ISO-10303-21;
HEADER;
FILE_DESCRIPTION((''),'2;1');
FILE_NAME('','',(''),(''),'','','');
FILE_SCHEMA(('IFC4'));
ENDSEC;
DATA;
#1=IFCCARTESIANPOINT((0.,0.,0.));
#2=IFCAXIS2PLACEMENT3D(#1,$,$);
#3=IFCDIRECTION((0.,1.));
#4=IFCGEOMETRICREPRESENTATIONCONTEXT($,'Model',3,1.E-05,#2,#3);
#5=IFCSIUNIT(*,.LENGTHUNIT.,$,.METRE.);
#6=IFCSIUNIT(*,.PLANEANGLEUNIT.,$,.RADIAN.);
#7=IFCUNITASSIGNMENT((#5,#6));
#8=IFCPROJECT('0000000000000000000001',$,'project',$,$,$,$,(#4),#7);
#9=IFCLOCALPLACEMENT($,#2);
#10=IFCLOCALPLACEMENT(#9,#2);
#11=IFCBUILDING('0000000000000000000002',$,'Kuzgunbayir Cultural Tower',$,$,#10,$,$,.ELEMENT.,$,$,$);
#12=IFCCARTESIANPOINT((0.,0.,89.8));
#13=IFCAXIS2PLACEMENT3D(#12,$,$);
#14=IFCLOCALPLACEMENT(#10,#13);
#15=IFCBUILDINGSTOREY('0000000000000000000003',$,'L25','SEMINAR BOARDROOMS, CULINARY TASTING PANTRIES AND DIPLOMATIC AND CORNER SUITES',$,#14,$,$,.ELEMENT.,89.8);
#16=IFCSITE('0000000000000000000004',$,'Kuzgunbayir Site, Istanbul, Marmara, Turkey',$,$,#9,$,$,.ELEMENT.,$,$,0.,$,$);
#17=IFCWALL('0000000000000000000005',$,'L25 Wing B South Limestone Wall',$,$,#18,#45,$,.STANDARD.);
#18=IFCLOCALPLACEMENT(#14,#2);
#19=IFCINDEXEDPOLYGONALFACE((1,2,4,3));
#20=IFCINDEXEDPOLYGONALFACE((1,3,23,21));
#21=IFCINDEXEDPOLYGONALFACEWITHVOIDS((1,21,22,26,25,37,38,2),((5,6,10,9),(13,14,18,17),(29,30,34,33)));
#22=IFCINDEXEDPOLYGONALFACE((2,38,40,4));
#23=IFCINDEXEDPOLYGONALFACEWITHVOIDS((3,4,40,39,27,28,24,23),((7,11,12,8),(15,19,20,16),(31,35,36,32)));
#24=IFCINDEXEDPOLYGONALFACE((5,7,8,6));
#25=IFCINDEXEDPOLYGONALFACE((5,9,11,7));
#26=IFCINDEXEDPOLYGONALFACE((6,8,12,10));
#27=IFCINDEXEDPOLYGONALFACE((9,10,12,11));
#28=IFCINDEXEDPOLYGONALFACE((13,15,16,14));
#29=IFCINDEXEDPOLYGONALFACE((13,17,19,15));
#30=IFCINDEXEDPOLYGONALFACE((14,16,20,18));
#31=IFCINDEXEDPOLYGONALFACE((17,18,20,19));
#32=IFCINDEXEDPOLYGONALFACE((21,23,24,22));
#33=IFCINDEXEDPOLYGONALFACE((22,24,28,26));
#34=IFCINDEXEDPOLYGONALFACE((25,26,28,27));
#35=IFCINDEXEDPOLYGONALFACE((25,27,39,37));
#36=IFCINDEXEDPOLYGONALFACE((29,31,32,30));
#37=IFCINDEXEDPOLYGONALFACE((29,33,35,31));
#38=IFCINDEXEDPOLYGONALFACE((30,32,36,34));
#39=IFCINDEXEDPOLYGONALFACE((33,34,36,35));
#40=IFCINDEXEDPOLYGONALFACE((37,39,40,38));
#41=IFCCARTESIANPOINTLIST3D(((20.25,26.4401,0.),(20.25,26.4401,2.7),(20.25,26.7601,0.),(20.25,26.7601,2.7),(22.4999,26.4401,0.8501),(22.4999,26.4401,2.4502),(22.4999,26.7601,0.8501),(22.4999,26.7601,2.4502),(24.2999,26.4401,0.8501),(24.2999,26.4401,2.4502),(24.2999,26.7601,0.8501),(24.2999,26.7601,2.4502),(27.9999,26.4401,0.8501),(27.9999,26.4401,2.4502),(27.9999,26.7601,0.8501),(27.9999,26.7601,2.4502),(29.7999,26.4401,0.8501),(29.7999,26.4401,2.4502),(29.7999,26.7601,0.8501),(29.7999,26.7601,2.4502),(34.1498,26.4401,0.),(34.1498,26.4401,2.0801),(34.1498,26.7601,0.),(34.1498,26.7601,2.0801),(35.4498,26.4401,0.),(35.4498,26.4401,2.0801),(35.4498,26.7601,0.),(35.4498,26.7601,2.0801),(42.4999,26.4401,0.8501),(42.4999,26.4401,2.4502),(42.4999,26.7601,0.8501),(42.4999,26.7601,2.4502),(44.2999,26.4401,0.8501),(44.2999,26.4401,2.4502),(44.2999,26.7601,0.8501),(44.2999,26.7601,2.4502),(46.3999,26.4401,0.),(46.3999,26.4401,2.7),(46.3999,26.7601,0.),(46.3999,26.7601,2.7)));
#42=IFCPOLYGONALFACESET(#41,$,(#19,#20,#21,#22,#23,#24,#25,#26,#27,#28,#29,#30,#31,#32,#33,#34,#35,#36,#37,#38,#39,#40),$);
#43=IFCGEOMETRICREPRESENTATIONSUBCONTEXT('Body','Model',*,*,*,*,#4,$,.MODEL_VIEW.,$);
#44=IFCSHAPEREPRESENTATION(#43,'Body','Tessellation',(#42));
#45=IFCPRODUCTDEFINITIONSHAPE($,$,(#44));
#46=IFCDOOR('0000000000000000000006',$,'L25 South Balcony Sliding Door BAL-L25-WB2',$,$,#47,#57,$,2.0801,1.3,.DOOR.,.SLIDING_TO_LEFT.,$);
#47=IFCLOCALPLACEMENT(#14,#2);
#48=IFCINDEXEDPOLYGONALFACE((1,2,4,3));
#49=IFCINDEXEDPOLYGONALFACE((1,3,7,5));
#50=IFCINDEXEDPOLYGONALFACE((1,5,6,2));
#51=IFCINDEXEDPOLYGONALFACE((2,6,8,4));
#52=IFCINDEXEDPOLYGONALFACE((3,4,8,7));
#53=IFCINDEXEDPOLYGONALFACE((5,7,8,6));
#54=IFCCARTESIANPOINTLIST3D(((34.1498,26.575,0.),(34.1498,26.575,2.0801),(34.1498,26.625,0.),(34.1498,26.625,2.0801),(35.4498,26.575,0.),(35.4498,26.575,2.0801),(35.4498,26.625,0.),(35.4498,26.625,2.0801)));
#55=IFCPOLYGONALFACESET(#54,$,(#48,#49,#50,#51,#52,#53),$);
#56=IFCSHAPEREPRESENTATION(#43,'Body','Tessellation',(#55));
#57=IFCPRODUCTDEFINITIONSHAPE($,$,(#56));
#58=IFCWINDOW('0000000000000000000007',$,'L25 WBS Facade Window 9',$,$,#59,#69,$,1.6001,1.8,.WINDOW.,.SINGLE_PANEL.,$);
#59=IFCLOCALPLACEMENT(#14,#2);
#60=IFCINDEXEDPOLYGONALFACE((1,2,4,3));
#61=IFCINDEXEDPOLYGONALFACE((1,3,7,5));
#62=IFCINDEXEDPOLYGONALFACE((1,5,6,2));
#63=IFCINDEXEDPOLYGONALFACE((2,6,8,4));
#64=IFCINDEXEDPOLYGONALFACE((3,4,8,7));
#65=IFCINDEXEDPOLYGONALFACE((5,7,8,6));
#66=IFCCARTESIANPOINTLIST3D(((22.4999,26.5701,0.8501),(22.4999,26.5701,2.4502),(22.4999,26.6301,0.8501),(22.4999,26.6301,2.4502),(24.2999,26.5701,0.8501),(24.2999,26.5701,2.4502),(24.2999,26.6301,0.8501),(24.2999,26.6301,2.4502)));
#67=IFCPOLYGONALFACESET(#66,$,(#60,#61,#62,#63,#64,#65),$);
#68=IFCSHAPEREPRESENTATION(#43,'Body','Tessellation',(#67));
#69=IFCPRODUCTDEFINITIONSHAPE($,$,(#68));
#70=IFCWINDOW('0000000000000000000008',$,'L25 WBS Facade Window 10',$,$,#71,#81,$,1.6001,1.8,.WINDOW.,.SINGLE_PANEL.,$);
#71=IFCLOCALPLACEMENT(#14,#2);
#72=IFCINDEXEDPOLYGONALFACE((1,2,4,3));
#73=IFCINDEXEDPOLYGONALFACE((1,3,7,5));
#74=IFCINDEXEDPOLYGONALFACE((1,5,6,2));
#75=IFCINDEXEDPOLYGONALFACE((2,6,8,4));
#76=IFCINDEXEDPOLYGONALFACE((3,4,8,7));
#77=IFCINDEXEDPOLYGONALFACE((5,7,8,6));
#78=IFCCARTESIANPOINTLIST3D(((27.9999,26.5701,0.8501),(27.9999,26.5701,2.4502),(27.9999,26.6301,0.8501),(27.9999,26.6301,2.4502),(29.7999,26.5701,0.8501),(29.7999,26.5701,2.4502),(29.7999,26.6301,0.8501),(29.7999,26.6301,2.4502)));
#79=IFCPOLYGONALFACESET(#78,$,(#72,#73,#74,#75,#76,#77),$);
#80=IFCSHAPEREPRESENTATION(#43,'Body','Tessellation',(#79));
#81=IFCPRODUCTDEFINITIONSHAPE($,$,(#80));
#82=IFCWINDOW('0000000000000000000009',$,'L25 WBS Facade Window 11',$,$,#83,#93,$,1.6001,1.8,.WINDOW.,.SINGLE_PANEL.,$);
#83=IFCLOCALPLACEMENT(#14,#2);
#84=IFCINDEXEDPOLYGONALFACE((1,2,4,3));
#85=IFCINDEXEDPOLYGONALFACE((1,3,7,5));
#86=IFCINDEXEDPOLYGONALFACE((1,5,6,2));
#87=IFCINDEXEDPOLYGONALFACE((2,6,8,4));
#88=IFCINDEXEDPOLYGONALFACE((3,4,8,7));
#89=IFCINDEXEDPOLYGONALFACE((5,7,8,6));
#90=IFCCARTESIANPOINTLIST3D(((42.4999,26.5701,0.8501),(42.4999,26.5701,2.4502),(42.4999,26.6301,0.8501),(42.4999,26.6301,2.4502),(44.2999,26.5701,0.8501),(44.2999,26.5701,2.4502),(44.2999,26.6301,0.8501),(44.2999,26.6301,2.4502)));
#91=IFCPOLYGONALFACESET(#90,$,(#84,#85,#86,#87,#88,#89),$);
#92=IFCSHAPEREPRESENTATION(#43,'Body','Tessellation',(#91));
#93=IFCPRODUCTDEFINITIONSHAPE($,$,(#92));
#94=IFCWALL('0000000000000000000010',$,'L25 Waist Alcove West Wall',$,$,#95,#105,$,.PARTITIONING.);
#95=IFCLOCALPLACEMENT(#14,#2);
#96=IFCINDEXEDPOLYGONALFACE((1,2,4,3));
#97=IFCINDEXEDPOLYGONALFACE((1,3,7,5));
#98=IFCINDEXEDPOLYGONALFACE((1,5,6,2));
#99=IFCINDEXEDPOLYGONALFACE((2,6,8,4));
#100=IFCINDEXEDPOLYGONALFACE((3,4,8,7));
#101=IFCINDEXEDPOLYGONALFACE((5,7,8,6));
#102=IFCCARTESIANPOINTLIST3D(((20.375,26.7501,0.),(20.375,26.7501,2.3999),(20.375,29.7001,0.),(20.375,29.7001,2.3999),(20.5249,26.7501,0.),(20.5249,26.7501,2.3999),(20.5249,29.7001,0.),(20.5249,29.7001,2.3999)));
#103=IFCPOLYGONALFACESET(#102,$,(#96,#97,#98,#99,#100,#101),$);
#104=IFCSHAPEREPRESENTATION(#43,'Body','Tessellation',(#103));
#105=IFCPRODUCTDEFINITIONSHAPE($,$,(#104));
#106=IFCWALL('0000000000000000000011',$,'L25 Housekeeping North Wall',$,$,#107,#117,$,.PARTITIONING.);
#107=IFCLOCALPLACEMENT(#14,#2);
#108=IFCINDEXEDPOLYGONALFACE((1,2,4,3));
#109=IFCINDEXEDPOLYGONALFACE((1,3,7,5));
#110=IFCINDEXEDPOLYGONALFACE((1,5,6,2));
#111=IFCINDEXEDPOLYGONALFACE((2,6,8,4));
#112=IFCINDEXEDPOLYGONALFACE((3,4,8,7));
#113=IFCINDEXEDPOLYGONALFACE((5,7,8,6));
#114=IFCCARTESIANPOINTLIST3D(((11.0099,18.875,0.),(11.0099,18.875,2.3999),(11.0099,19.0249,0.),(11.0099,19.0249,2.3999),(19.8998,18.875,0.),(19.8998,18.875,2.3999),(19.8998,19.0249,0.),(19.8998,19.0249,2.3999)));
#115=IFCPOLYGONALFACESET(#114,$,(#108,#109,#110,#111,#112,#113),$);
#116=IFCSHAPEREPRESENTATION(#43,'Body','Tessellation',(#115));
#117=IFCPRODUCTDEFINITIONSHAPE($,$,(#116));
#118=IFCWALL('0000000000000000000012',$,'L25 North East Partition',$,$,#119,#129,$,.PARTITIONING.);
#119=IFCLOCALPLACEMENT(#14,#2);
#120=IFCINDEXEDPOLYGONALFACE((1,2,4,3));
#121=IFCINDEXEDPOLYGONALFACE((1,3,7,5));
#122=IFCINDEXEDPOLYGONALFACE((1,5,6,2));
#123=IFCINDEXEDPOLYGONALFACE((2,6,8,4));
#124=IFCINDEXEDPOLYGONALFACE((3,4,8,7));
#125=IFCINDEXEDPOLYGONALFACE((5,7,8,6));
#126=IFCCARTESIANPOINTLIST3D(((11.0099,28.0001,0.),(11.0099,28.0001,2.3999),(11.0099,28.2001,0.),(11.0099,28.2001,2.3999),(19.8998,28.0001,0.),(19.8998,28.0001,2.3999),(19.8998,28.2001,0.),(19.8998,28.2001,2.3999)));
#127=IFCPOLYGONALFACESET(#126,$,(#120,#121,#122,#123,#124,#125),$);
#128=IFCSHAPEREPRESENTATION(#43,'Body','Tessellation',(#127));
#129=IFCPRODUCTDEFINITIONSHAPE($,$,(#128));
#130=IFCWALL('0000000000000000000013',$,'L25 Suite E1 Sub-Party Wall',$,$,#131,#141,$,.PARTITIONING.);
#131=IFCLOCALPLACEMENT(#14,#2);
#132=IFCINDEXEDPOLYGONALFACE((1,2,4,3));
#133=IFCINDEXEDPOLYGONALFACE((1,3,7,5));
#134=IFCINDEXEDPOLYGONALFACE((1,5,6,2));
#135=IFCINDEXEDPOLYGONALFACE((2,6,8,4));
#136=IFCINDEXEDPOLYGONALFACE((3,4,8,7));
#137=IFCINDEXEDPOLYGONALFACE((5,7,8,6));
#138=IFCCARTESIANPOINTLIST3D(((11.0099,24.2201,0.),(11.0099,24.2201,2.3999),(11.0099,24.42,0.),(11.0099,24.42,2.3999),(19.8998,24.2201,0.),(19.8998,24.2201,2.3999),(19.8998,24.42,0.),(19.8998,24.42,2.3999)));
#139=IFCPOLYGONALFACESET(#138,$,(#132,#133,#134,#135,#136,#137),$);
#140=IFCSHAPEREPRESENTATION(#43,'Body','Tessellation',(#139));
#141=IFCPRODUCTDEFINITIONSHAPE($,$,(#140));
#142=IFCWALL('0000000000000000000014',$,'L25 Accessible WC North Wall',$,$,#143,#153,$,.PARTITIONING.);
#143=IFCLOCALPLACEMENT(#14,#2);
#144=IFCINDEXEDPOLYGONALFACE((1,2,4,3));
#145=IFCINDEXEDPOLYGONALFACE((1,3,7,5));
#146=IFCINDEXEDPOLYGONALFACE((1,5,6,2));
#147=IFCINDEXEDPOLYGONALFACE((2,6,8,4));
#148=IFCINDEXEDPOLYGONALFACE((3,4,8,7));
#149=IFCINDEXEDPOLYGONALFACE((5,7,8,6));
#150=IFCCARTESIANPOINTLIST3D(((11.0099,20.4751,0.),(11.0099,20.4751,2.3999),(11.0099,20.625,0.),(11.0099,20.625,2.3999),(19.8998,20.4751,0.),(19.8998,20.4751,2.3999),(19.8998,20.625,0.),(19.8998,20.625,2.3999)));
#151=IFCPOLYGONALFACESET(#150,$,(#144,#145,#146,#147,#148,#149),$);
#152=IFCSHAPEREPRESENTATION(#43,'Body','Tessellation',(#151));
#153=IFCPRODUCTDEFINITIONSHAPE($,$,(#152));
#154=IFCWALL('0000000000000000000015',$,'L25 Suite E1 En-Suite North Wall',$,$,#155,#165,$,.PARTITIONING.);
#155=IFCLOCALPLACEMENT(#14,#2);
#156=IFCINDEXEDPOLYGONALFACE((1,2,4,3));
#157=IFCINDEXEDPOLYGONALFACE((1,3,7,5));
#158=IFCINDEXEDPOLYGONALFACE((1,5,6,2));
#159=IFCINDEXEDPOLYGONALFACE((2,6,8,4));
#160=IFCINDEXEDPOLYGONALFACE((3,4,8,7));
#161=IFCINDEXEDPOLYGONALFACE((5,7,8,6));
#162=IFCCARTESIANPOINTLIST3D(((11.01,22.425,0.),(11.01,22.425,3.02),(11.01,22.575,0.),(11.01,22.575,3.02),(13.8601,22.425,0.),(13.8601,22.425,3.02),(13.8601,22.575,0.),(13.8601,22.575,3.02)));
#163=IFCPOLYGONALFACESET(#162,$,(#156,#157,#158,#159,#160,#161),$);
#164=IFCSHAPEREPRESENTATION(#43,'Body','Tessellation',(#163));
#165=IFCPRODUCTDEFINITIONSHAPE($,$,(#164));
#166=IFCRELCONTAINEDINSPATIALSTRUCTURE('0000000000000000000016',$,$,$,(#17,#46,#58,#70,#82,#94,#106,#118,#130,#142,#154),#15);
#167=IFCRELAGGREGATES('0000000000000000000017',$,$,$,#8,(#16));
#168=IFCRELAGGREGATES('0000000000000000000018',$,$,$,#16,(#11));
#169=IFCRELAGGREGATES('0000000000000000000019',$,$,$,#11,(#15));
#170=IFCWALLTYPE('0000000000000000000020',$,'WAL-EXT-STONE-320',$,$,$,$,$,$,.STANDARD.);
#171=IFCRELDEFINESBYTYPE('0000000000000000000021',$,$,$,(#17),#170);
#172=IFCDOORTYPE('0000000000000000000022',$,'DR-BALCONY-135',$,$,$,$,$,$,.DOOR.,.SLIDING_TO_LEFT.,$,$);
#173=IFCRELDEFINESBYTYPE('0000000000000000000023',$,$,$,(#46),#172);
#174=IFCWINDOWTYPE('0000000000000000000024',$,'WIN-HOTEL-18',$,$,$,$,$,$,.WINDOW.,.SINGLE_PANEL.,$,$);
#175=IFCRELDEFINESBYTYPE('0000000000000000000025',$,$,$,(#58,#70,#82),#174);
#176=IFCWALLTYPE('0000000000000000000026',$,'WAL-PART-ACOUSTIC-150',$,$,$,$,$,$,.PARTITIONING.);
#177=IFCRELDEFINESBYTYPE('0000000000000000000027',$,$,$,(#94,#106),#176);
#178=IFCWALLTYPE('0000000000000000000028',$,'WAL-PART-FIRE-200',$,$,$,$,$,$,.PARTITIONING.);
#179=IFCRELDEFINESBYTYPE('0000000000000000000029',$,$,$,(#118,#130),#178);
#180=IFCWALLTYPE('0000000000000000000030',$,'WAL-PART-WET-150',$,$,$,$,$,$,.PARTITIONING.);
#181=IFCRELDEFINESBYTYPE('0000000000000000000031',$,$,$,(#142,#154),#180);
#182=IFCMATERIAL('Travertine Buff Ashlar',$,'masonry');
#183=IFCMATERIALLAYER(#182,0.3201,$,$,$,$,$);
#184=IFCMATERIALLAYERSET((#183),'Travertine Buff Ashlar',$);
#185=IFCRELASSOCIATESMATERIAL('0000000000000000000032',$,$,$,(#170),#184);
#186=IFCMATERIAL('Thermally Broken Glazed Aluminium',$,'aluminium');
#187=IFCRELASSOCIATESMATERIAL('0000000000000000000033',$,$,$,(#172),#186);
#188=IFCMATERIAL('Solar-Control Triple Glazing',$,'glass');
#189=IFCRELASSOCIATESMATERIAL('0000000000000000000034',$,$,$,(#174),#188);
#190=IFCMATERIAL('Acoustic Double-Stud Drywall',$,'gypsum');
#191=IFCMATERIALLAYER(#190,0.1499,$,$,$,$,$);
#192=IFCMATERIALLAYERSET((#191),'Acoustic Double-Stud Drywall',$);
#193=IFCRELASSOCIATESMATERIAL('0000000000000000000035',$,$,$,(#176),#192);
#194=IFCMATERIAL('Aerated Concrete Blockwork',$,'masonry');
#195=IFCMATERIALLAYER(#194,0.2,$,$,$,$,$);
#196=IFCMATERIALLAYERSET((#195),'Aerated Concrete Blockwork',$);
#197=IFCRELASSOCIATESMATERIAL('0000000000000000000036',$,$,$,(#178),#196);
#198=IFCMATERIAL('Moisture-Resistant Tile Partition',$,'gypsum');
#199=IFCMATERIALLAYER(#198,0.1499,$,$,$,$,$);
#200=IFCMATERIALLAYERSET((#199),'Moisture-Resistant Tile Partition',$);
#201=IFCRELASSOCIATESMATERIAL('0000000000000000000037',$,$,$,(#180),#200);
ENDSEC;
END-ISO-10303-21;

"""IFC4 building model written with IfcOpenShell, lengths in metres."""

from ifc_helpers import new_model, si_unit, direction, frame, frame_2d, origin, place, context, subcontext, project, spatial, rectangle, extrude, material, layer, layer_set, type_object, element, fill, save


model = new_model("IFC4")

# Units and contexts
model_context = context("Model", 3, precision=1e-05, world=origin(), true_north=direction((0.0, 1.0)))
body_context = subcontext(model_context, "Body", "Model", "MODEL_VIEW")
ifc_project = project(units=[si_unit("LENGTHUNIT", "METRE"), si_unit("PLANEANGLEUNIT", "RADIAN")], contexts=[model_context])

# Site, building, storey
site_placement = place(None, origin())
site = spatial("IfcSite", under=ifc_project, at=site_placement, Name="Kuzgunbayir Site, Istanbul, Marmara, Turkey", CompositionType="ELEMENT", RefElevation=0.0)
building_placement = place(site_placement, origin())
building = spatial("IfcBuilding", under=site, at=building_placement, Name="Kuzgunbayir Cultural Tower", CompositionType="ELEMENT")
storey_placement = place(building_placement, frame((0.0, 0.0, 89.8)))
storey = spatial("IfcBuildingStorey", under=building, at=storey_placement, Name="L25", Description="SEMINAR BOARDROOMS, CULINARY TASTING PANTRIES AND DIPLOMATIC AND CORNER SUITES", CompositionType="ELEMENT", Elevation=89.8)

# Wall, openings, door, windows
ifc_material_1 = material(Name="Travertine Buff Ashlar", Category="masonry")
ifc_layer_1 = layer(ifc_material_1, 0.3201)
ifc_layer_set_1 = layer_set([ifc_layer_1], Name="Travertine Buff Ashlar")
wall_type_1 = type_object("IfcWallType", Name="WAL-EXT-STONE-320", PredefinedType="STANDARD", material=ifc_layer_set_1)
wall_1_placement = place(storey_placement, frame((20.25, 26.6001, 0.0), z_axis=(0.0, 0.0, 1.0), x_axis=(1.0, 0.0, 0.0)))
wall_1 = element("IfcWall", 1, at=wall_1_placement, inside=storey, type_object=wall_type_1, Name="L25 Wing B South Limestone Wall", PredefinedType="STANDARD", context=body_context, shape_type="SweptSolid", body=[
    extrude(rectangle(XDim=26.1499, YDim=0.3201, at=frame_2d((13.075, 0.0))), origin(), (0.0, 0.0, 1.0), 2.7),
])
opening_1_placement = place(wall_1_placement, frame((13.8999, 0.0, 0.0)))
opening_1 = element("IfcOpeningElement", 2, at=opening_1_placement, cuts=wall_1, PredefinedType="OPENING", context=body_context, shape_type="SweptSolid", body=[
    extrude(rectangle(XDim=1.3, YDim=2.0801, at=frame_2d((0.6499, 1.04))), frame((0.0, 0.1699, 0.0), z_axis=(0.0, -1.0, 0.0), x_axis=(1.0, 0.0, 0.0)), (0.0, 0.0, 1.0), 0.3401),
])
opening_2_placement = place(wall_1_placement, frame((2.25, 0.0, 0.8501)))
opening_2 = element("IfcOpeningElement", 3, at=opening_2_placement, cuts=wall_1, PredefinedType="OPENING", context=body_context, shape_type="SweptSolid", body=[
    extrude(rectangle(XDim=1.8, YDim=1.6001, at=frame_2d((0.8999, 0.8))), frame((0.0, 0.1699, 0.0), z_axis=(0.0, -1.0, 0.0), x_axis=(1.0, 0.0, 0.0)), (0.0, 0.0, 1.0), 0.3401),
])
opening_3_placement = place(wall_1_placement, frame((7.75, 0.0, 0.8501)))
opening_3 = element("IfcOpeningElement", 4, at=opening_3_placement, cuts=wall_1, PredefinedType="OPENING", context=body_context, shape_type="SweptSolid", body=[
    extrude(rectangle(XDim=1.8, YDim=1.6001, at=frame_2d((0.8999, 0.8))), frame((0.0, 0.1699, 0.0), z_axis=(0.0, -1.0, 0.0), x_axis=(1.0, 0.0, 0.0)), (0.0, 0.0, 1.0), 0.3401),
])
opening_4_placement = place(wall_1_placement, frame((22.25, 0.0, 0.8501)))
opening_4 = element("IfcOpeningElement", 5, at=opening_4_placement, cuts=wall_1, PredefinedType="OPENING", context=body_context, shape_type="SweptSolid", body=[
    extrude(rectangle(XDim=1.8, YDim=1.6001, at=frame_2d((0.8999, 0.8))), frame((0.0, 0.1699, 0.0), z_axis=(0.0, -1.0, 0.0), x_axis=(1.0, 0.0, 0.0)), (0.0, 0.0, 1.0), 0.3401),
])
ifc_material_2 = material(Name="Thermally Broken Glazed Aluminium", Category="aluminium")
door_type_1 = type_object("IfcDoorType", Name="DR-BALCONY-135", OperationType="SLIDING_TO_LEFT", PredefinedType="DOOR", material=ifc_material_2)
door_1_placement = place(opening_1_placement, origin())
door_1 = element("IfcDoor", 6, at=door_1_placement, inside=storey, type_object=door_type_1, Name="L25 South Balcony Sliding Door BAL-L25-WB2", OperationType="SLIDING_TO_LEFT", OverallHeight=2.0801, OverallWidth=1.3, PredefinedType="DOOR", context=body_context, shape_type="SweptSolid", body=[
    extrude(rectangle(XDim=1.3, YDim=2.0801, at=frame_2d((0.6499, 1.04))), frame((0.0, 0.0249, 0.0), z_axis=(0.0, -1.0, 0.0), x_axis=(1.0, 0.0, 0.0)), (0.0, 0.0, 1.0), 0.05),
])
fill(opening_1, door_1)
ifc_material_3 = material(Name="Solar-Control Triple Glazing", Category="glass")
window_type = type_object("IfcWindowType", Name="WIN-HOTEL-18", PartitioningType="SINGLE_PANEL", PredefinedType="WINDOW", material=ifc_material_3)
window_1_placement = place(opening_2_placement, origin())
window_1 = element("IfcWindow", 7, at=window_1_placement, inside=storey, type_object=window_type, Name="L25 WBS Facade Window 9", OverallHeight=1.6001, OverallWidth=1.8, PartitioningType="SINGLE_PANEL", PredefinedType="WINDOW", context=body_context, shape_type="SweptSolid", body=[
    extrude(rectangle(XDim=1.8, YDim=1.6001, at=frame_2d((0.8999, 0.8))), frame((0.0, 0.03, 0.0), z_axis=(0.0, -1.0, 0.0), x_axis=(1.0, 0.0, 0.0)), (0.0, 0.0, 1.0), 0.0601),
])
fill(opening_2, window_1)
window_2_placement = place(opening_3_placement, origin())
window_2 = element("IfcWindow", 8, at=window_2_placement, inside=storey, type_object=window_type, Name="L25 WBS Facade Window 10", OverallHeight=1.6001, OverallWidth=1.8, PartitioningType="SINGLE_PANEL", PredefinedType="WINDOW", context=body_context, shape_type="SweptSolid", body=[
    extrude(rectangle(XDim=1.8, YDim=1.6001, at=frame_2d((0.8999, 0.8))), frame((0.0, 0.03, 0.0), z_axis=(0.0, -1.0, 0.0), x_axis=(1.0, 0.0, 0.0)), (0.0, 0.0, 1.0), 0.0601),
])
fill(opening_3, window_2)
window_3_placement = place(opening_4_placement, origin())
window_3 = element("IfcWindow", 9, at=window_3_placement, inside=storey, type_object=window_type, Name="L25 WBS Facade Window 11", OverallHeight=1.6001, OverallWidth=1.8, PartitioningType="SINGLE_PANEL", PredefinedType="WINDOW", context=body_context, shape_type="SweptSolid", body=[
    extrude(rectangle(XDim=1.8, YDim=1.6001, at=frame_2d((0.8999, 0.8))), frame((0.0, 0.03, 0.0), z_axis=(0.0, -1.0, 0.0), x_axis=(1.0, 0.0, 0.0)), (0.0, 0.0, 1.0), 0.0601),
])
fill(opening_4, window_3)

# Walls
ifc_material_4 = material(Name="Acoustic Double-Stud Drywall", Category="gypsum")
ifc_layer_2 = layer(ifc_material_4, 0.1499)
ifc_layer_set_2 = layer_set([ifc_layer_2], Name="Acoustic Double-Stud Drywall")
wall_type_2 = type_object("IfcWallType", Name="WAL-PART-ACOUSTIC-150", PredefinedType="PARTITIONING", material=ifc_layer_set_2)
wall_2_placement = place(storey_placement, frame((20.45, 26.75, 0.0), z_axis=(0.0, 0.0, 1.0), x_axis=(0.0, 1.0, 0.0)))
element("IfcWall", 10, at=wall_2_placement, inside=storey, type_object=wall_type_2, Name="L25 Waist Alcove West Wall", PredefinedType="PARTITIONING", context=body_context, shape_type="SweptSolid", body=[
    extrude(rectangle(XDim=2.95, YDim=0.1499, at=frame_2d((1.4751, 0.0))), origin(), (0.0, 0.0, 1.0), 2.3999),
])
wall_3_placement = place(storey_placement, frame((11.01, 18.95, 0.0), z_axis=(0.0, 0.0, 1.0), x_axis=(1.0, 0.0, 0.0)))
element("IfcWall", 11, at=wall_3_placement, inside=storey, type_object=wall_type_2, Name="L25 Housekeeping North Wall", PredefinedType="PARTITIONING", context=body_context, shape_type="SweptSolid", body=[
    extrude(rectangle(XDim=8.8899, YDim=0.1499, at=frame_2d((4.4448, 0.0))), origin(), (0.0, 0.0, 1.0), 2.3999),
])
ifc_material_5 = material(Name="Aerated Concrete Blockwork", Category="masonry")
ifc_layer_3 = layer(ifc_material_5, 0.2)
ifc_layer_set_3 = layer_set([ifc_layer_3], Name="Aerated Concrete Blockwork")
wall_type_3 = type_object("IfcWallType", Name="WAL-PART-FIRE-200", PredefinedType="PARTITIONING", material=ifc_layer_set_3)
for number, where, z_axis, x_axis, name in (
    (12, (11.01, 28.1001, 0.0), (0.0, 0.0, 1.0), (1.0, 0.0, 0.0), "L25 North East Partition"),
    (13, (11.01, 24.3201, 0.0), (0.0, 0.0, 1.0), (1.0, 0.0, 0.0), "L25 Suite E1 Sub-Party Wall"),
):
    element("IfcWall", number, at=place(storey_placement, frame(where, z_axis=z_axis, x_axis=x_axis)), inside=storey, type_object=wall_type_3, Name=name, PredefinedType="PARTITIONING", context=body_context, shape_type="SweptSolid", body=[
        extrude(rectangle(XDim=8.8899, YDim=0.2, at=frame_2d((4.4448, 0.0))), origin(), (0.0, 0.0, 1.0), 2.3999),
    ])
ifc_material_6 = material(Name="Moisture-Resistant Tile Partition", Category="gypsum")
ifc_layer_4 = layer(ifc_material_6, 0.1499)
ifc_layer_set_4 = layer_set([ifc_layer_4], Name="Moisture-Resistant Tile Partition")
wall_type_4 = type_object("IfcWallType", Name="WAL-PART-WET-150", PredefinedType="PARTITIONING", material=ifc_layer_set_4)
wall_4_placement = place(storey_placement, frame((11.01, 20.55, 0.0), z_axis=(0.0, 0.0, 1.0), x_axis=(1.0, 0.0, 0.0)))
element("IfcWall", 14, at=wall_4_placement, inside=storey, type_object=wall_type_4, Name="L25 Accessible WC North Wall", PredefinedType="PARTITIONING", context=body_context, shape_type="SweptSolid", body=[
    extrude(rectangle(XDim=8.8899, YDim=0.1499, at=frame_2d((4.4448, 0.0))), origin(), (0.0, 0.0, 1.0), 2.3999),
])
wall_5_placement = place(storey_placement, frame((11.01, 22.5, 0.0), z_axis=(0.0, 0.0, 1.0), x_axis=(1.0, 0.0, 0.0)))
element("IfcWall", 15, at=wall_5_placement, inside=storey, type_object=wall_type_4, Name="L25 Suite E1 En-Suite North Wall", PredefinedType="PARTITIONING", context=body_context, shape_type="SweptSolid", body=[
    extrude(rectangle(XDim=2.8501, YDim=0.1499, at=frame_2d((1.425, 0.0))), origin(), (0.0, 0.0, 1.0), 3.02),
])

save(model, "model.ifc")
